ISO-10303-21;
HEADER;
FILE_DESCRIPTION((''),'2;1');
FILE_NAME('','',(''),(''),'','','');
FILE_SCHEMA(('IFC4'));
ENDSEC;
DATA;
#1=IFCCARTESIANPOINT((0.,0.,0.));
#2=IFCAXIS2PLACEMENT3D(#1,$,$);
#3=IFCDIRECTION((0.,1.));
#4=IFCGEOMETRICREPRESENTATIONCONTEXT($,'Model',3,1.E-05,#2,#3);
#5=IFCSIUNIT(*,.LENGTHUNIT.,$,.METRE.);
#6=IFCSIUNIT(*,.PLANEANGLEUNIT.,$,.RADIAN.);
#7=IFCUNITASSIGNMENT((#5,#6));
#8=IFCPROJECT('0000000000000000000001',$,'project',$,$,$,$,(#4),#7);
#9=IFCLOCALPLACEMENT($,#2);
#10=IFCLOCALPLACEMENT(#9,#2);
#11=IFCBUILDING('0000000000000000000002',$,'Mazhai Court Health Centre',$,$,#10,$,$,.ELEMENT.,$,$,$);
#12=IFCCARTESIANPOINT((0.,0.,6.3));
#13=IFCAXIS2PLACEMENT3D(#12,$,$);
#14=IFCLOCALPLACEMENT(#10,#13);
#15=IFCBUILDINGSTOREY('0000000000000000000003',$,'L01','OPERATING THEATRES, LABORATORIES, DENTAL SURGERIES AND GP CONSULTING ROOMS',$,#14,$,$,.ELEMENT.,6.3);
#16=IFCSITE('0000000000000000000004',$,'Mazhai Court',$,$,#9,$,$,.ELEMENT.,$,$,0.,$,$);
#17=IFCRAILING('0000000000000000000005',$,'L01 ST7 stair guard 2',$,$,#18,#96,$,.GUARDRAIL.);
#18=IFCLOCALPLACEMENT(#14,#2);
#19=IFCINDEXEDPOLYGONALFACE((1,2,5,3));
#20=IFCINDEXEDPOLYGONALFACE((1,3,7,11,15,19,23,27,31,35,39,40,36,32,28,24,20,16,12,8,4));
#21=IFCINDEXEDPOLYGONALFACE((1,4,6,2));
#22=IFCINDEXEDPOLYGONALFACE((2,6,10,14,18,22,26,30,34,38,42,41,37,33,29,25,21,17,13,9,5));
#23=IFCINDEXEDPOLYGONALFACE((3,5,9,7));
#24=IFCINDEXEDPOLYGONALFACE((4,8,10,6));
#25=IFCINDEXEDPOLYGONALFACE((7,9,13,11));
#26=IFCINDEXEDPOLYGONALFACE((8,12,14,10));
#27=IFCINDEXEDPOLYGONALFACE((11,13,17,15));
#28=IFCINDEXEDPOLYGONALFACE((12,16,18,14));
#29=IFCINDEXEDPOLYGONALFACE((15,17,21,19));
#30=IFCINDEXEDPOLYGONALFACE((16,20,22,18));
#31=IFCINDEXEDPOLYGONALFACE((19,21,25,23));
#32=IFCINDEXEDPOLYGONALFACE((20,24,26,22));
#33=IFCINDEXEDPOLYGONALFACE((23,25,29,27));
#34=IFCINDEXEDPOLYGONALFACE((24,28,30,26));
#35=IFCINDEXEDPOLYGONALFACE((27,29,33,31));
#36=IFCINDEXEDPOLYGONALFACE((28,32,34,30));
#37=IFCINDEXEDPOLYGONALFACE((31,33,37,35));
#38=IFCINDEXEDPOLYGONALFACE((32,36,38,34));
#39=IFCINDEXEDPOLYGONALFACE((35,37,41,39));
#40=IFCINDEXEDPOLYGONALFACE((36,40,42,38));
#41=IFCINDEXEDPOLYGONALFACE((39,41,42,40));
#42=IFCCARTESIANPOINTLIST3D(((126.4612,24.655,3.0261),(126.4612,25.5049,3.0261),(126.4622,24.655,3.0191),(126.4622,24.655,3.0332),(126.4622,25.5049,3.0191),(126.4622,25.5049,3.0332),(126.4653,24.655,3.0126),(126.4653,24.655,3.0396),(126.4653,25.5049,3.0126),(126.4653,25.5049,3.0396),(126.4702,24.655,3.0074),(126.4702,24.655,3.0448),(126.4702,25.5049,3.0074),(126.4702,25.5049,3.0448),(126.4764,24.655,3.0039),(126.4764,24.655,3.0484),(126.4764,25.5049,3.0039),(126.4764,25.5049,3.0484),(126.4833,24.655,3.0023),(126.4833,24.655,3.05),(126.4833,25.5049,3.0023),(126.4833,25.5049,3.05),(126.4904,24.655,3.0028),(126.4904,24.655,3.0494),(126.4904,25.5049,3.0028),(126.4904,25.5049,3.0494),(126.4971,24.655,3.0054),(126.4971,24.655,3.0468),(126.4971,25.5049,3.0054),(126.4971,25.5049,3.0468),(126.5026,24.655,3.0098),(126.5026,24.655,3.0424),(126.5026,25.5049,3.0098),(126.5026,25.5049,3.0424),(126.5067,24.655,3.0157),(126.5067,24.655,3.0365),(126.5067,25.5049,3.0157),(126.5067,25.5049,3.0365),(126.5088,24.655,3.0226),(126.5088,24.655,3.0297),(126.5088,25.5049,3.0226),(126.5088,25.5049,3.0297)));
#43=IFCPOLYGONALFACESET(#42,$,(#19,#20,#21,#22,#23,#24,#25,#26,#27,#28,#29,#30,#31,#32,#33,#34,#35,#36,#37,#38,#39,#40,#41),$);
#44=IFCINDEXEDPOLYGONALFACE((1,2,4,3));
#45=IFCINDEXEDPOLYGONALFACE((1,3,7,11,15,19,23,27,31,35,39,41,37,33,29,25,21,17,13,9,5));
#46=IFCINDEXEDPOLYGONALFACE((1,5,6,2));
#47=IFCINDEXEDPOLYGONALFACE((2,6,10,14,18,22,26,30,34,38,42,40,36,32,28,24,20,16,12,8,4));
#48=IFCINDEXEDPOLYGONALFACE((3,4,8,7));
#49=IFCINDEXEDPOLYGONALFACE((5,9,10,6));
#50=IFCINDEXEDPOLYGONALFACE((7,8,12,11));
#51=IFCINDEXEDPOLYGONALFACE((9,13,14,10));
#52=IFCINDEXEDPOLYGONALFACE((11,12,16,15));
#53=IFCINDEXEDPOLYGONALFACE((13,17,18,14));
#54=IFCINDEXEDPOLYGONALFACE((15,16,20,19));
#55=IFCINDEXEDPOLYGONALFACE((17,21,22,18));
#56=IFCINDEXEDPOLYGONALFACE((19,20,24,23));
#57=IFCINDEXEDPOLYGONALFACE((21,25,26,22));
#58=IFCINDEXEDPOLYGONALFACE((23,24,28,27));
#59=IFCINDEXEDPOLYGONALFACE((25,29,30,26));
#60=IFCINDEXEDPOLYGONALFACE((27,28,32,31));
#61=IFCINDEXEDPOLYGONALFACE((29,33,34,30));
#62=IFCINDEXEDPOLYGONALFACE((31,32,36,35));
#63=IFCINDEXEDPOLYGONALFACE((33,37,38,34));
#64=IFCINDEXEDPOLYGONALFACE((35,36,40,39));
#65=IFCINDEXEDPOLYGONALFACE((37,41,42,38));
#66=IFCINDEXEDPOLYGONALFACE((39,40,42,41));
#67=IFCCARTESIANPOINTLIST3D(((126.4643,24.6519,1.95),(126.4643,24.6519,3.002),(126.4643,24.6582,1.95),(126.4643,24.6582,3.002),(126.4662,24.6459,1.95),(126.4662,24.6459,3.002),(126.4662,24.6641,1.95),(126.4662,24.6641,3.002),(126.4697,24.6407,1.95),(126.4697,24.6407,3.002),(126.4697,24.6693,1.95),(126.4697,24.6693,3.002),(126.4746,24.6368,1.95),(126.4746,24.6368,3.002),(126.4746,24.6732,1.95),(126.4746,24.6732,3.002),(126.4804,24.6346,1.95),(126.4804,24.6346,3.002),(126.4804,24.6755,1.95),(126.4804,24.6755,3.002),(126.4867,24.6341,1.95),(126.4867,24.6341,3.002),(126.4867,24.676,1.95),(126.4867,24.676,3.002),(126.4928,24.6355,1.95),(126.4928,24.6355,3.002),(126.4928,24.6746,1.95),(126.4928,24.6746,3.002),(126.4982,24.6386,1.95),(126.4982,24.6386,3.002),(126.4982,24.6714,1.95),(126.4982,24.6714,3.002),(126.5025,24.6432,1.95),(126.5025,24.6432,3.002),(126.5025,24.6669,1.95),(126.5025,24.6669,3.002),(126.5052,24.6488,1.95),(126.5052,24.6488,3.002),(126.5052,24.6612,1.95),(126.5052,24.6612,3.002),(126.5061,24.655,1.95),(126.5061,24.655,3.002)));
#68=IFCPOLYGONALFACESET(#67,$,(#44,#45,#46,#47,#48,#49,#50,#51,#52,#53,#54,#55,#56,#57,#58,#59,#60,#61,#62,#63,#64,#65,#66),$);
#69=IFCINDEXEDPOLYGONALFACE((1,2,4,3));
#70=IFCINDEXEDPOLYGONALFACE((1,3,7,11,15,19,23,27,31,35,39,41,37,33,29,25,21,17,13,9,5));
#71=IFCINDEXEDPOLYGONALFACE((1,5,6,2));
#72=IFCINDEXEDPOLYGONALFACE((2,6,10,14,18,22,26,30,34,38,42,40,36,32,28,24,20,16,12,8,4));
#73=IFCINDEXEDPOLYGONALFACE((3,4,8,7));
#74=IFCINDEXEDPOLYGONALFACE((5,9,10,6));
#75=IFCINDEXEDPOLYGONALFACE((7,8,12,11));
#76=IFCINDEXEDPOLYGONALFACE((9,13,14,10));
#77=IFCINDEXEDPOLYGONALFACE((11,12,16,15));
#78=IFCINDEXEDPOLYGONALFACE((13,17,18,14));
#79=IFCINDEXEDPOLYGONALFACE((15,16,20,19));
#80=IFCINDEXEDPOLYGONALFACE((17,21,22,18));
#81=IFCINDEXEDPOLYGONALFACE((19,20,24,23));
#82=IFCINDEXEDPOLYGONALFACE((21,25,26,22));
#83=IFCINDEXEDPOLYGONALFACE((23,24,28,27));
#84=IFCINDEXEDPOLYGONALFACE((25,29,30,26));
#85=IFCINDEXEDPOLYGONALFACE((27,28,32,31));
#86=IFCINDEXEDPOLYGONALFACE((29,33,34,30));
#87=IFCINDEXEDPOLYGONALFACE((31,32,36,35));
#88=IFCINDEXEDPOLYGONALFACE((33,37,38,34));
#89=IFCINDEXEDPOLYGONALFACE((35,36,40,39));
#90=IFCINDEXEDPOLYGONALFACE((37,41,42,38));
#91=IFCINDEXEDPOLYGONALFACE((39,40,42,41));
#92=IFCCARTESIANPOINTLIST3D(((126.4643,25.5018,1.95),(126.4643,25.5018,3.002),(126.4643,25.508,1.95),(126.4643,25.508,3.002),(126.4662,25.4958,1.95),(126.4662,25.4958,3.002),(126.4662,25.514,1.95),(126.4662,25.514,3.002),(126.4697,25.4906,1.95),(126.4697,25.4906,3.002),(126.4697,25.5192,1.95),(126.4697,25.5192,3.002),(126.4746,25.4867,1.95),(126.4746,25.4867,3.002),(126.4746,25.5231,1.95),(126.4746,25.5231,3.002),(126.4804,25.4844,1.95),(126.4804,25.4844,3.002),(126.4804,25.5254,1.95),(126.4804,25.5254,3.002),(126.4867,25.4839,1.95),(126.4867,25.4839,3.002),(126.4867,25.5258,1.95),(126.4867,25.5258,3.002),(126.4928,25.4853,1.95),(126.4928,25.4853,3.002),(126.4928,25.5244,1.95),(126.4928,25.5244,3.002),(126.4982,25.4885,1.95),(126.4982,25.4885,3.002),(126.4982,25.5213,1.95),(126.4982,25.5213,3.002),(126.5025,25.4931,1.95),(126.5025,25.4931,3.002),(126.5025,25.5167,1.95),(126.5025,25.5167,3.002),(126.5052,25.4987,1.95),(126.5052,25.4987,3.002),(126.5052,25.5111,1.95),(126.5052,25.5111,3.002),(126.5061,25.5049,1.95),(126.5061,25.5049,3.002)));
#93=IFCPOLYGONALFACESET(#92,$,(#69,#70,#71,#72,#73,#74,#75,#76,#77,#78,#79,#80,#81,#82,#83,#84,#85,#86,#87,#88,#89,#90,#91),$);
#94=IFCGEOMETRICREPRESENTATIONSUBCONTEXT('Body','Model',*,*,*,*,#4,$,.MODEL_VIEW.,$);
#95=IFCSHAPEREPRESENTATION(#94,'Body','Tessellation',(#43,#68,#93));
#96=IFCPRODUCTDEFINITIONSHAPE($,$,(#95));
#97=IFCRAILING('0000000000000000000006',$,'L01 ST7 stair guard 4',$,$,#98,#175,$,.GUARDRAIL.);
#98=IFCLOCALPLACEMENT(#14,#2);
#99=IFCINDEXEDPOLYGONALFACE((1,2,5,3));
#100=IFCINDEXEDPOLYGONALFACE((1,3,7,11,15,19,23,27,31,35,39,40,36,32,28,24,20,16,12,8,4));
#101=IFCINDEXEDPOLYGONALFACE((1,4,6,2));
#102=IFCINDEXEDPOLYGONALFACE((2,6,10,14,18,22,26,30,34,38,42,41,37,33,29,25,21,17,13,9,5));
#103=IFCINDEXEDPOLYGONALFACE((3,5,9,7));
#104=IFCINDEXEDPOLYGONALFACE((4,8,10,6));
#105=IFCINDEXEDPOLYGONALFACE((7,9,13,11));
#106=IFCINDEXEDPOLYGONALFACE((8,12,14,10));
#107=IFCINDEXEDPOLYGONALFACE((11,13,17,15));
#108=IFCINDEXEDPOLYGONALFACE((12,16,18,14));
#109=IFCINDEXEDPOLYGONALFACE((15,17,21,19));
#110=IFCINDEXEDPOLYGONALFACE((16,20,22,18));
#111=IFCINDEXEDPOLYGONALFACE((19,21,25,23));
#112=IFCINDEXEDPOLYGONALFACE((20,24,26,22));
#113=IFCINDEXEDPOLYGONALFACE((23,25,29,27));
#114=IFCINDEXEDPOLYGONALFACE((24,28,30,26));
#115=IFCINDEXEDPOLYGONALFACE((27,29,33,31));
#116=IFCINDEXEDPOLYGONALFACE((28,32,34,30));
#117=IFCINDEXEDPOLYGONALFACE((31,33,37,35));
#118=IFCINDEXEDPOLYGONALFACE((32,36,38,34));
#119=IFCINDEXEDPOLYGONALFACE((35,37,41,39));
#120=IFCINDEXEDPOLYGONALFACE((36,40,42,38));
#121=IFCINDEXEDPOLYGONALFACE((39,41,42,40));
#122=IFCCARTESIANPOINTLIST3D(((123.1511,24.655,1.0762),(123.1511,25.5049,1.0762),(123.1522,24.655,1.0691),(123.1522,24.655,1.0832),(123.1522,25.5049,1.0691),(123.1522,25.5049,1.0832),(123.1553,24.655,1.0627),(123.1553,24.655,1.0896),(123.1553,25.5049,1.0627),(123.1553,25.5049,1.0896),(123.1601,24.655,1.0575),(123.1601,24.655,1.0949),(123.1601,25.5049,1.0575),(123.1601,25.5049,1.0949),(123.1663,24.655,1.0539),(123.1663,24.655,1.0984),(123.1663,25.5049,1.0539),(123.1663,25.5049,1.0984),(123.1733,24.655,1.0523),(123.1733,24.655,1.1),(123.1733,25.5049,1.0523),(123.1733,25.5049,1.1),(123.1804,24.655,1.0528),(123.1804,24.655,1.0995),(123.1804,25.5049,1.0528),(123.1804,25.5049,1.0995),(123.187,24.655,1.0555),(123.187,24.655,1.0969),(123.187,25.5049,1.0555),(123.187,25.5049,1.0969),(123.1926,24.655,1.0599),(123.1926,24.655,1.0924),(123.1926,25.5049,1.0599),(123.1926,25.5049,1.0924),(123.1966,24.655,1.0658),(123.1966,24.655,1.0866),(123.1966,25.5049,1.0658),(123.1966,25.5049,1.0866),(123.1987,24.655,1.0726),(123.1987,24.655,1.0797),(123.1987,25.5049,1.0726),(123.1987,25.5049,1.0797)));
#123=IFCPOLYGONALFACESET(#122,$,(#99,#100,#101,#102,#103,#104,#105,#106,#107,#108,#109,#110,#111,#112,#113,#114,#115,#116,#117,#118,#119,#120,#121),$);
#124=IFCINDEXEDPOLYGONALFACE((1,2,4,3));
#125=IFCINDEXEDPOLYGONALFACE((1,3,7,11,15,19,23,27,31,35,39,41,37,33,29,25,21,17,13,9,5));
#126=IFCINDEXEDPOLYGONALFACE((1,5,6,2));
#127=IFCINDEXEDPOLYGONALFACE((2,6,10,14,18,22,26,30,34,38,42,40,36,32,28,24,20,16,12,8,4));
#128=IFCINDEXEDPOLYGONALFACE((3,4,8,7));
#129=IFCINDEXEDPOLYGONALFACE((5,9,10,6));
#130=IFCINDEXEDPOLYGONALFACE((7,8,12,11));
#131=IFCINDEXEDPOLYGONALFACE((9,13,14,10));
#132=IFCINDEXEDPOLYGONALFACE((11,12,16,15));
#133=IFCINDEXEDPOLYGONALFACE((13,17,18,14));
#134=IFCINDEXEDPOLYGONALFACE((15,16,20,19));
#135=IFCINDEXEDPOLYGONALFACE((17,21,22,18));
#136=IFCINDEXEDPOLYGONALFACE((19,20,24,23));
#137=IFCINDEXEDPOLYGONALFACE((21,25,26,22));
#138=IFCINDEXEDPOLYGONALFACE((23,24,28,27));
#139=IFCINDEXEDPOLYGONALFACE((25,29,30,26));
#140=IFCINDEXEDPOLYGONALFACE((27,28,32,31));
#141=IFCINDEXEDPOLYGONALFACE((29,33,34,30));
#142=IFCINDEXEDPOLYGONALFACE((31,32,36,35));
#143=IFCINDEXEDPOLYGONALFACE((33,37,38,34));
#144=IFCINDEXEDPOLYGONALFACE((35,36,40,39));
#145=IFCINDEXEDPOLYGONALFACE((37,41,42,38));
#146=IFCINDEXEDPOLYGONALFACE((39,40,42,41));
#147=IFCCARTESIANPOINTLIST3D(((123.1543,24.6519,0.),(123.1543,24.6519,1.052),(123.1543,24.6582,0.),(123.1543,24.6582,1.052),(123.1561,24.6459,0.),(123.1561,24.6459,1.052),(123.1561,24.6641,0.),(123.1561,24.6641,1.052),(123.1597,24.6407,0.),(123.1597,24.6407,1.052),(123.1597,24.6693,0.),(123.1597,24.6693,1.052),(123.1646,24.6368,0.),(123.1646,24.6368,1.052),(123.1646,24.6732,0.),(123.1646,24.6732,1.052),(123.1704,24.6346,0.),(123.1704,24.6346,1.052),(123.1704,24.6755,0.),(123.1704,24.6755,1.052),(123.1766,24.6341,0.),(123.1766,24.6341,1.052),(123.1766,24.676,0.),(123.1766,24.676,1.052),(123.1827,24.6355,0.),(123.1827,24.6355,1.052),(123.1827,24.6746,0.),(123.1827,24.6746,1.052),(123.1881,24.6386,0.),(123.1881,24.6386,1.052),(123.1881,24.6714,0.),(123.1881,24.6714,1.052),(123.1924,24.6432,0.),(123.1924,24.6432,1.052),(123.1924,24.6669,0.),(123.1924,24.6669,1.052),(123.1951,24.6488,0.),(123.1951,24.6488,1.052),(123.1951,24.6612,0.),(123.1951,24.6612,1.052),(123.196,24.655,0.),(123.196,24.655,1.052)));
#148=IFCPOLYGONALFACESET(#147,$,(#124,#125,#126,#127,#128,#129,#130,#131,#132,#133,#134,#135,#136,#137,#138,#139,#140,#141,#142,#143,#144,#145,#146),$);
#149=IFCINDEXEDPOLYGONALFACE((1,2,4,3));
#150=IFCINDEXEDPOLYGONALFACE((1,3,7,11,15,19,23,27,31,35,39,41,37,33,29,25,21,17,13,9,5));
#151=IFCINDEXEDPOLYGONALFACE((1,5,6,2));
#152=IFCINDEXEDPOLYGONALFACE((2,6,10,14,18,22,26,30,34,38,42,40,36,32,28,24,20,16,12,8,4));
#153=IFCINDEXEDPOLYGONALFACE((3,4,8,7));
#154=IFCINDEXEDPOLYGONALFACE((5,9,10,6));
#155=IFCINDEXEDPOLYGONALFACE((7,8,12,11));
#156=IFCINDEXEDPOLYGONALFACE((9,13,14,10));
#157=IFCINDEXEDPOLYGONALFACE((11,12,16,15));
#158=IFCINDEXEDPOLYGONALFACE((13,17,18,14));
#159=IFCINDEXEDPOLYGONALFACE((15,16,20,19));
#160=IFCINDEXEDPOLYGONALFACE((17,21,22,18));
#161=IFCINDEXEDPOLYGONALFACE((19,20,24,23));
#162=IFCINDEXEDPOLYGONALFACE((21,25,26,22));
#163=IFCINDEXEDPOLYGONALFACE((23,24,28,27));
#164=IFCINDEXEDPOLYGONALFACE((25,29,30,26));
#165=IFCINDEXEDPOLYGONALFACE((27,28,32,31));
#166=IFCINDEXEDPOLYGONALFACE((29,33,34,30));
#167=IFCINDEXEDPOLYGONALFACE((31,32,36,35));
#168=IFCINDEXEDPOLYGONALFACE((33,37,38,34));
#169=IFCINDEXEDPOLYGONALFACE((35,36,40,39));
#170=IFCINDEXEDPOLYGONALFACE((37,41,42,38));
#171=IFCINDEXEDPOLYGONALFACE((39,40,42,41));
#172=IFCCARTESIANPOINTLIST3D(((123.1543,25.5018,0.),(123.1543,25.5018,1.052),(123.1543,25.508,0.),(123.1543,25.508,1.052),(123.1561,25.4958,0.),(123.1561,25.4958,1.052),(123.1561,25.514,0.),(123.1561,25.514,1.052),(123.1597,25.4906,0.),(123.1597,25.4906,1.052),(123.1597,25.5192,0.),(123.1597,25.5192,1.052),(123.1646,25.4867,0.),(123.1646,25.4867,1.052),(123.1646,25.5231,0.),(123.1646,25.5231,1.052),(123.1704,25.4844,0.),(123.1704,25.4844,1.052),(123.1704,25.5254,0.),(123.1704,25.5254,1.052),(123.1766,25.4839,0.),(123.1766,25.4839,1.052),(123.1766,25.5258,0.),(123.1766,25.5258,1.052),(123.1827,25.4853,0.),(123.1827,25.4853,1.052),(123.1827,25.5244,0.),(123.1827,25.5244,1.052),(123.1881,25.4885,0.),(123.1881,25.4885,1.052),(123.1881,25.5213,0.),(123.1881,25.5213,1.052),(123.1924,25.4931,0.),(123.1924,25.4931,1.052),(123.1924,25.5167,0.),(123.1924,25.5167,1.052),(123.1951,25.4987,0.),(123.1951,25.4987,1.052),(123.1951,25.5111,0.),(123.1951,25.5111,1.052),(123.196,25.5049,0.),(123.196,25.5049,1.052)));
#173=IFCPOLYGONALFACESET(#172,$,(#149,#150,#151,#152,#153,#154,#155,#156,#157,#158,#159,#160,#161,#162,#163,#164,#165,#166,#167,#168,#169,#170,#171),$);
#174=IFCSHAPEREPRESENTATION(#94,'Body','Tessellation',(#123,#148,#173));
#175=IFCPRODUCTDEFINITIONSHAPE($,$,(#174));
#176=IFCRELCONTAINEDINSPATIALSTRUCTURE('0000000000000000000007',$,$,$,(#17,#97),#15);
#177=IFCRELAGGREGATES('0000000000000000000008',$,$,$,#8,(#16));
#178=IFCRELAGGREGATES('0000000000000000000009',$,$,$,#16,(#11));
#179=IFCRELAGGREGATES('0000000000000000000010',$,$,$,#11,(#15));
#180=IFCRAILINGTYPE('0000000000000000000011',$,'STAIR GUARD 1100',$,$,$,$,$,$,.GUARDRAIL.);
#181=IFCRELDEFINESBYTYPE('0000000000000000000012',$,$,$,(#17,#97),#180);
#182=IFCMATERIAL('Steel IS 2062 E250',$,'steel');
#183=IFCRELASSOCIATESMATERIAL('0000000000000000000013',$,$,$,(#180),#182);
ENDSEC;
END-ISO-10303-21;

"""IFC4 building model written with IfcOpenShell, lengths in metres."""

from ifc_helpers import new_model, si_unit, direction, frame, origin, origin_2d, place, context, subcontext, project, spatial, circle, extrude, material, type_object, element, save


model = new_model("IFC4")

# Units and contexts
model_context = context("Model", 3, precision=1e-05, world=origin(), true_north=direction((0.0, 1.0)))
body_context = subcontext(model_context, "Body", "Model", "MODEL_VIEW")
ifc_project = project(units=[si_unit("LENGTHUNIT", "METRE"), si_unit("PLANEANGLEUNIT", "RADIAN")], contexts=[model_context])

# Site, building, storey
site_placement = place(None, origin())
site = spatial("IfcSite", under=ifc_project, at=site_placement, Name="Mazhai Court", CompositionType="ELEMENT", RefElevation=0.0)
building_placement = place(site_placement, origin())
building = spatial("IfcBuilding", under=site, at=building_placement, Name="Mazhai Court Health Centre", CompositionType="ELEMENT")
storey_placement = place(building_placement, frame((0.0, 0.0, 6.3)))
storey = spatial("IfcBuildingStorey", under=building, at=storey_placement, Name="L01", Description="OPERATING THEATRES, LABORATORIES, DENTAL SURGERIES AND GP CONSULTING ROOMS", CompositionType="ELEMENT", Elevation=6.3)

# Railings
ifc_material_1 = material(Name="Steel IS 2062 E250", Category="steel")
railing_type_1 = type_object("IfcRailingType", Name="STAIR GUARD 1100", PredefinedType="GUARDRAIL", material=ifc_material_1)
for number, where, name in (
    (1, (126.4851, 24.655, 1.95), "L01 ST7 stair guard 2"),
    (2, (123.175, 24.655, 0.0), "L01 ST7 stair guard 4"),
):
    element("IfcRailing", number, at=place(storey_placement, frame(where)), inside=storey, type_object=railing_type_1, Name=name, PredefinedType="GUARDRAIL", context=body_context, shape_type="SweptSolid", body=[
        extrude(circle(Radius=0.0239, at=origin_2d()), frame((0.0, 0.0, 1.0762), z_axis=(0.0, 1.0, 0.0), x_axis=(-1.0, 0.0, 0.0)), (0.0, 0.0, 1.0), 0.8499),
        extrude(circle(Radius=0.021, at=origin_2d()), origin(), (0.0, 0.0, 1.0), 1.052),
        extrude(circle(Radius=0.021, at=origin_2d()), frame((0.0, 0.8499, 0.0)), (0.0, 0.0, 1.0), 1.052),
    ])

save(model, "model.ifc")
